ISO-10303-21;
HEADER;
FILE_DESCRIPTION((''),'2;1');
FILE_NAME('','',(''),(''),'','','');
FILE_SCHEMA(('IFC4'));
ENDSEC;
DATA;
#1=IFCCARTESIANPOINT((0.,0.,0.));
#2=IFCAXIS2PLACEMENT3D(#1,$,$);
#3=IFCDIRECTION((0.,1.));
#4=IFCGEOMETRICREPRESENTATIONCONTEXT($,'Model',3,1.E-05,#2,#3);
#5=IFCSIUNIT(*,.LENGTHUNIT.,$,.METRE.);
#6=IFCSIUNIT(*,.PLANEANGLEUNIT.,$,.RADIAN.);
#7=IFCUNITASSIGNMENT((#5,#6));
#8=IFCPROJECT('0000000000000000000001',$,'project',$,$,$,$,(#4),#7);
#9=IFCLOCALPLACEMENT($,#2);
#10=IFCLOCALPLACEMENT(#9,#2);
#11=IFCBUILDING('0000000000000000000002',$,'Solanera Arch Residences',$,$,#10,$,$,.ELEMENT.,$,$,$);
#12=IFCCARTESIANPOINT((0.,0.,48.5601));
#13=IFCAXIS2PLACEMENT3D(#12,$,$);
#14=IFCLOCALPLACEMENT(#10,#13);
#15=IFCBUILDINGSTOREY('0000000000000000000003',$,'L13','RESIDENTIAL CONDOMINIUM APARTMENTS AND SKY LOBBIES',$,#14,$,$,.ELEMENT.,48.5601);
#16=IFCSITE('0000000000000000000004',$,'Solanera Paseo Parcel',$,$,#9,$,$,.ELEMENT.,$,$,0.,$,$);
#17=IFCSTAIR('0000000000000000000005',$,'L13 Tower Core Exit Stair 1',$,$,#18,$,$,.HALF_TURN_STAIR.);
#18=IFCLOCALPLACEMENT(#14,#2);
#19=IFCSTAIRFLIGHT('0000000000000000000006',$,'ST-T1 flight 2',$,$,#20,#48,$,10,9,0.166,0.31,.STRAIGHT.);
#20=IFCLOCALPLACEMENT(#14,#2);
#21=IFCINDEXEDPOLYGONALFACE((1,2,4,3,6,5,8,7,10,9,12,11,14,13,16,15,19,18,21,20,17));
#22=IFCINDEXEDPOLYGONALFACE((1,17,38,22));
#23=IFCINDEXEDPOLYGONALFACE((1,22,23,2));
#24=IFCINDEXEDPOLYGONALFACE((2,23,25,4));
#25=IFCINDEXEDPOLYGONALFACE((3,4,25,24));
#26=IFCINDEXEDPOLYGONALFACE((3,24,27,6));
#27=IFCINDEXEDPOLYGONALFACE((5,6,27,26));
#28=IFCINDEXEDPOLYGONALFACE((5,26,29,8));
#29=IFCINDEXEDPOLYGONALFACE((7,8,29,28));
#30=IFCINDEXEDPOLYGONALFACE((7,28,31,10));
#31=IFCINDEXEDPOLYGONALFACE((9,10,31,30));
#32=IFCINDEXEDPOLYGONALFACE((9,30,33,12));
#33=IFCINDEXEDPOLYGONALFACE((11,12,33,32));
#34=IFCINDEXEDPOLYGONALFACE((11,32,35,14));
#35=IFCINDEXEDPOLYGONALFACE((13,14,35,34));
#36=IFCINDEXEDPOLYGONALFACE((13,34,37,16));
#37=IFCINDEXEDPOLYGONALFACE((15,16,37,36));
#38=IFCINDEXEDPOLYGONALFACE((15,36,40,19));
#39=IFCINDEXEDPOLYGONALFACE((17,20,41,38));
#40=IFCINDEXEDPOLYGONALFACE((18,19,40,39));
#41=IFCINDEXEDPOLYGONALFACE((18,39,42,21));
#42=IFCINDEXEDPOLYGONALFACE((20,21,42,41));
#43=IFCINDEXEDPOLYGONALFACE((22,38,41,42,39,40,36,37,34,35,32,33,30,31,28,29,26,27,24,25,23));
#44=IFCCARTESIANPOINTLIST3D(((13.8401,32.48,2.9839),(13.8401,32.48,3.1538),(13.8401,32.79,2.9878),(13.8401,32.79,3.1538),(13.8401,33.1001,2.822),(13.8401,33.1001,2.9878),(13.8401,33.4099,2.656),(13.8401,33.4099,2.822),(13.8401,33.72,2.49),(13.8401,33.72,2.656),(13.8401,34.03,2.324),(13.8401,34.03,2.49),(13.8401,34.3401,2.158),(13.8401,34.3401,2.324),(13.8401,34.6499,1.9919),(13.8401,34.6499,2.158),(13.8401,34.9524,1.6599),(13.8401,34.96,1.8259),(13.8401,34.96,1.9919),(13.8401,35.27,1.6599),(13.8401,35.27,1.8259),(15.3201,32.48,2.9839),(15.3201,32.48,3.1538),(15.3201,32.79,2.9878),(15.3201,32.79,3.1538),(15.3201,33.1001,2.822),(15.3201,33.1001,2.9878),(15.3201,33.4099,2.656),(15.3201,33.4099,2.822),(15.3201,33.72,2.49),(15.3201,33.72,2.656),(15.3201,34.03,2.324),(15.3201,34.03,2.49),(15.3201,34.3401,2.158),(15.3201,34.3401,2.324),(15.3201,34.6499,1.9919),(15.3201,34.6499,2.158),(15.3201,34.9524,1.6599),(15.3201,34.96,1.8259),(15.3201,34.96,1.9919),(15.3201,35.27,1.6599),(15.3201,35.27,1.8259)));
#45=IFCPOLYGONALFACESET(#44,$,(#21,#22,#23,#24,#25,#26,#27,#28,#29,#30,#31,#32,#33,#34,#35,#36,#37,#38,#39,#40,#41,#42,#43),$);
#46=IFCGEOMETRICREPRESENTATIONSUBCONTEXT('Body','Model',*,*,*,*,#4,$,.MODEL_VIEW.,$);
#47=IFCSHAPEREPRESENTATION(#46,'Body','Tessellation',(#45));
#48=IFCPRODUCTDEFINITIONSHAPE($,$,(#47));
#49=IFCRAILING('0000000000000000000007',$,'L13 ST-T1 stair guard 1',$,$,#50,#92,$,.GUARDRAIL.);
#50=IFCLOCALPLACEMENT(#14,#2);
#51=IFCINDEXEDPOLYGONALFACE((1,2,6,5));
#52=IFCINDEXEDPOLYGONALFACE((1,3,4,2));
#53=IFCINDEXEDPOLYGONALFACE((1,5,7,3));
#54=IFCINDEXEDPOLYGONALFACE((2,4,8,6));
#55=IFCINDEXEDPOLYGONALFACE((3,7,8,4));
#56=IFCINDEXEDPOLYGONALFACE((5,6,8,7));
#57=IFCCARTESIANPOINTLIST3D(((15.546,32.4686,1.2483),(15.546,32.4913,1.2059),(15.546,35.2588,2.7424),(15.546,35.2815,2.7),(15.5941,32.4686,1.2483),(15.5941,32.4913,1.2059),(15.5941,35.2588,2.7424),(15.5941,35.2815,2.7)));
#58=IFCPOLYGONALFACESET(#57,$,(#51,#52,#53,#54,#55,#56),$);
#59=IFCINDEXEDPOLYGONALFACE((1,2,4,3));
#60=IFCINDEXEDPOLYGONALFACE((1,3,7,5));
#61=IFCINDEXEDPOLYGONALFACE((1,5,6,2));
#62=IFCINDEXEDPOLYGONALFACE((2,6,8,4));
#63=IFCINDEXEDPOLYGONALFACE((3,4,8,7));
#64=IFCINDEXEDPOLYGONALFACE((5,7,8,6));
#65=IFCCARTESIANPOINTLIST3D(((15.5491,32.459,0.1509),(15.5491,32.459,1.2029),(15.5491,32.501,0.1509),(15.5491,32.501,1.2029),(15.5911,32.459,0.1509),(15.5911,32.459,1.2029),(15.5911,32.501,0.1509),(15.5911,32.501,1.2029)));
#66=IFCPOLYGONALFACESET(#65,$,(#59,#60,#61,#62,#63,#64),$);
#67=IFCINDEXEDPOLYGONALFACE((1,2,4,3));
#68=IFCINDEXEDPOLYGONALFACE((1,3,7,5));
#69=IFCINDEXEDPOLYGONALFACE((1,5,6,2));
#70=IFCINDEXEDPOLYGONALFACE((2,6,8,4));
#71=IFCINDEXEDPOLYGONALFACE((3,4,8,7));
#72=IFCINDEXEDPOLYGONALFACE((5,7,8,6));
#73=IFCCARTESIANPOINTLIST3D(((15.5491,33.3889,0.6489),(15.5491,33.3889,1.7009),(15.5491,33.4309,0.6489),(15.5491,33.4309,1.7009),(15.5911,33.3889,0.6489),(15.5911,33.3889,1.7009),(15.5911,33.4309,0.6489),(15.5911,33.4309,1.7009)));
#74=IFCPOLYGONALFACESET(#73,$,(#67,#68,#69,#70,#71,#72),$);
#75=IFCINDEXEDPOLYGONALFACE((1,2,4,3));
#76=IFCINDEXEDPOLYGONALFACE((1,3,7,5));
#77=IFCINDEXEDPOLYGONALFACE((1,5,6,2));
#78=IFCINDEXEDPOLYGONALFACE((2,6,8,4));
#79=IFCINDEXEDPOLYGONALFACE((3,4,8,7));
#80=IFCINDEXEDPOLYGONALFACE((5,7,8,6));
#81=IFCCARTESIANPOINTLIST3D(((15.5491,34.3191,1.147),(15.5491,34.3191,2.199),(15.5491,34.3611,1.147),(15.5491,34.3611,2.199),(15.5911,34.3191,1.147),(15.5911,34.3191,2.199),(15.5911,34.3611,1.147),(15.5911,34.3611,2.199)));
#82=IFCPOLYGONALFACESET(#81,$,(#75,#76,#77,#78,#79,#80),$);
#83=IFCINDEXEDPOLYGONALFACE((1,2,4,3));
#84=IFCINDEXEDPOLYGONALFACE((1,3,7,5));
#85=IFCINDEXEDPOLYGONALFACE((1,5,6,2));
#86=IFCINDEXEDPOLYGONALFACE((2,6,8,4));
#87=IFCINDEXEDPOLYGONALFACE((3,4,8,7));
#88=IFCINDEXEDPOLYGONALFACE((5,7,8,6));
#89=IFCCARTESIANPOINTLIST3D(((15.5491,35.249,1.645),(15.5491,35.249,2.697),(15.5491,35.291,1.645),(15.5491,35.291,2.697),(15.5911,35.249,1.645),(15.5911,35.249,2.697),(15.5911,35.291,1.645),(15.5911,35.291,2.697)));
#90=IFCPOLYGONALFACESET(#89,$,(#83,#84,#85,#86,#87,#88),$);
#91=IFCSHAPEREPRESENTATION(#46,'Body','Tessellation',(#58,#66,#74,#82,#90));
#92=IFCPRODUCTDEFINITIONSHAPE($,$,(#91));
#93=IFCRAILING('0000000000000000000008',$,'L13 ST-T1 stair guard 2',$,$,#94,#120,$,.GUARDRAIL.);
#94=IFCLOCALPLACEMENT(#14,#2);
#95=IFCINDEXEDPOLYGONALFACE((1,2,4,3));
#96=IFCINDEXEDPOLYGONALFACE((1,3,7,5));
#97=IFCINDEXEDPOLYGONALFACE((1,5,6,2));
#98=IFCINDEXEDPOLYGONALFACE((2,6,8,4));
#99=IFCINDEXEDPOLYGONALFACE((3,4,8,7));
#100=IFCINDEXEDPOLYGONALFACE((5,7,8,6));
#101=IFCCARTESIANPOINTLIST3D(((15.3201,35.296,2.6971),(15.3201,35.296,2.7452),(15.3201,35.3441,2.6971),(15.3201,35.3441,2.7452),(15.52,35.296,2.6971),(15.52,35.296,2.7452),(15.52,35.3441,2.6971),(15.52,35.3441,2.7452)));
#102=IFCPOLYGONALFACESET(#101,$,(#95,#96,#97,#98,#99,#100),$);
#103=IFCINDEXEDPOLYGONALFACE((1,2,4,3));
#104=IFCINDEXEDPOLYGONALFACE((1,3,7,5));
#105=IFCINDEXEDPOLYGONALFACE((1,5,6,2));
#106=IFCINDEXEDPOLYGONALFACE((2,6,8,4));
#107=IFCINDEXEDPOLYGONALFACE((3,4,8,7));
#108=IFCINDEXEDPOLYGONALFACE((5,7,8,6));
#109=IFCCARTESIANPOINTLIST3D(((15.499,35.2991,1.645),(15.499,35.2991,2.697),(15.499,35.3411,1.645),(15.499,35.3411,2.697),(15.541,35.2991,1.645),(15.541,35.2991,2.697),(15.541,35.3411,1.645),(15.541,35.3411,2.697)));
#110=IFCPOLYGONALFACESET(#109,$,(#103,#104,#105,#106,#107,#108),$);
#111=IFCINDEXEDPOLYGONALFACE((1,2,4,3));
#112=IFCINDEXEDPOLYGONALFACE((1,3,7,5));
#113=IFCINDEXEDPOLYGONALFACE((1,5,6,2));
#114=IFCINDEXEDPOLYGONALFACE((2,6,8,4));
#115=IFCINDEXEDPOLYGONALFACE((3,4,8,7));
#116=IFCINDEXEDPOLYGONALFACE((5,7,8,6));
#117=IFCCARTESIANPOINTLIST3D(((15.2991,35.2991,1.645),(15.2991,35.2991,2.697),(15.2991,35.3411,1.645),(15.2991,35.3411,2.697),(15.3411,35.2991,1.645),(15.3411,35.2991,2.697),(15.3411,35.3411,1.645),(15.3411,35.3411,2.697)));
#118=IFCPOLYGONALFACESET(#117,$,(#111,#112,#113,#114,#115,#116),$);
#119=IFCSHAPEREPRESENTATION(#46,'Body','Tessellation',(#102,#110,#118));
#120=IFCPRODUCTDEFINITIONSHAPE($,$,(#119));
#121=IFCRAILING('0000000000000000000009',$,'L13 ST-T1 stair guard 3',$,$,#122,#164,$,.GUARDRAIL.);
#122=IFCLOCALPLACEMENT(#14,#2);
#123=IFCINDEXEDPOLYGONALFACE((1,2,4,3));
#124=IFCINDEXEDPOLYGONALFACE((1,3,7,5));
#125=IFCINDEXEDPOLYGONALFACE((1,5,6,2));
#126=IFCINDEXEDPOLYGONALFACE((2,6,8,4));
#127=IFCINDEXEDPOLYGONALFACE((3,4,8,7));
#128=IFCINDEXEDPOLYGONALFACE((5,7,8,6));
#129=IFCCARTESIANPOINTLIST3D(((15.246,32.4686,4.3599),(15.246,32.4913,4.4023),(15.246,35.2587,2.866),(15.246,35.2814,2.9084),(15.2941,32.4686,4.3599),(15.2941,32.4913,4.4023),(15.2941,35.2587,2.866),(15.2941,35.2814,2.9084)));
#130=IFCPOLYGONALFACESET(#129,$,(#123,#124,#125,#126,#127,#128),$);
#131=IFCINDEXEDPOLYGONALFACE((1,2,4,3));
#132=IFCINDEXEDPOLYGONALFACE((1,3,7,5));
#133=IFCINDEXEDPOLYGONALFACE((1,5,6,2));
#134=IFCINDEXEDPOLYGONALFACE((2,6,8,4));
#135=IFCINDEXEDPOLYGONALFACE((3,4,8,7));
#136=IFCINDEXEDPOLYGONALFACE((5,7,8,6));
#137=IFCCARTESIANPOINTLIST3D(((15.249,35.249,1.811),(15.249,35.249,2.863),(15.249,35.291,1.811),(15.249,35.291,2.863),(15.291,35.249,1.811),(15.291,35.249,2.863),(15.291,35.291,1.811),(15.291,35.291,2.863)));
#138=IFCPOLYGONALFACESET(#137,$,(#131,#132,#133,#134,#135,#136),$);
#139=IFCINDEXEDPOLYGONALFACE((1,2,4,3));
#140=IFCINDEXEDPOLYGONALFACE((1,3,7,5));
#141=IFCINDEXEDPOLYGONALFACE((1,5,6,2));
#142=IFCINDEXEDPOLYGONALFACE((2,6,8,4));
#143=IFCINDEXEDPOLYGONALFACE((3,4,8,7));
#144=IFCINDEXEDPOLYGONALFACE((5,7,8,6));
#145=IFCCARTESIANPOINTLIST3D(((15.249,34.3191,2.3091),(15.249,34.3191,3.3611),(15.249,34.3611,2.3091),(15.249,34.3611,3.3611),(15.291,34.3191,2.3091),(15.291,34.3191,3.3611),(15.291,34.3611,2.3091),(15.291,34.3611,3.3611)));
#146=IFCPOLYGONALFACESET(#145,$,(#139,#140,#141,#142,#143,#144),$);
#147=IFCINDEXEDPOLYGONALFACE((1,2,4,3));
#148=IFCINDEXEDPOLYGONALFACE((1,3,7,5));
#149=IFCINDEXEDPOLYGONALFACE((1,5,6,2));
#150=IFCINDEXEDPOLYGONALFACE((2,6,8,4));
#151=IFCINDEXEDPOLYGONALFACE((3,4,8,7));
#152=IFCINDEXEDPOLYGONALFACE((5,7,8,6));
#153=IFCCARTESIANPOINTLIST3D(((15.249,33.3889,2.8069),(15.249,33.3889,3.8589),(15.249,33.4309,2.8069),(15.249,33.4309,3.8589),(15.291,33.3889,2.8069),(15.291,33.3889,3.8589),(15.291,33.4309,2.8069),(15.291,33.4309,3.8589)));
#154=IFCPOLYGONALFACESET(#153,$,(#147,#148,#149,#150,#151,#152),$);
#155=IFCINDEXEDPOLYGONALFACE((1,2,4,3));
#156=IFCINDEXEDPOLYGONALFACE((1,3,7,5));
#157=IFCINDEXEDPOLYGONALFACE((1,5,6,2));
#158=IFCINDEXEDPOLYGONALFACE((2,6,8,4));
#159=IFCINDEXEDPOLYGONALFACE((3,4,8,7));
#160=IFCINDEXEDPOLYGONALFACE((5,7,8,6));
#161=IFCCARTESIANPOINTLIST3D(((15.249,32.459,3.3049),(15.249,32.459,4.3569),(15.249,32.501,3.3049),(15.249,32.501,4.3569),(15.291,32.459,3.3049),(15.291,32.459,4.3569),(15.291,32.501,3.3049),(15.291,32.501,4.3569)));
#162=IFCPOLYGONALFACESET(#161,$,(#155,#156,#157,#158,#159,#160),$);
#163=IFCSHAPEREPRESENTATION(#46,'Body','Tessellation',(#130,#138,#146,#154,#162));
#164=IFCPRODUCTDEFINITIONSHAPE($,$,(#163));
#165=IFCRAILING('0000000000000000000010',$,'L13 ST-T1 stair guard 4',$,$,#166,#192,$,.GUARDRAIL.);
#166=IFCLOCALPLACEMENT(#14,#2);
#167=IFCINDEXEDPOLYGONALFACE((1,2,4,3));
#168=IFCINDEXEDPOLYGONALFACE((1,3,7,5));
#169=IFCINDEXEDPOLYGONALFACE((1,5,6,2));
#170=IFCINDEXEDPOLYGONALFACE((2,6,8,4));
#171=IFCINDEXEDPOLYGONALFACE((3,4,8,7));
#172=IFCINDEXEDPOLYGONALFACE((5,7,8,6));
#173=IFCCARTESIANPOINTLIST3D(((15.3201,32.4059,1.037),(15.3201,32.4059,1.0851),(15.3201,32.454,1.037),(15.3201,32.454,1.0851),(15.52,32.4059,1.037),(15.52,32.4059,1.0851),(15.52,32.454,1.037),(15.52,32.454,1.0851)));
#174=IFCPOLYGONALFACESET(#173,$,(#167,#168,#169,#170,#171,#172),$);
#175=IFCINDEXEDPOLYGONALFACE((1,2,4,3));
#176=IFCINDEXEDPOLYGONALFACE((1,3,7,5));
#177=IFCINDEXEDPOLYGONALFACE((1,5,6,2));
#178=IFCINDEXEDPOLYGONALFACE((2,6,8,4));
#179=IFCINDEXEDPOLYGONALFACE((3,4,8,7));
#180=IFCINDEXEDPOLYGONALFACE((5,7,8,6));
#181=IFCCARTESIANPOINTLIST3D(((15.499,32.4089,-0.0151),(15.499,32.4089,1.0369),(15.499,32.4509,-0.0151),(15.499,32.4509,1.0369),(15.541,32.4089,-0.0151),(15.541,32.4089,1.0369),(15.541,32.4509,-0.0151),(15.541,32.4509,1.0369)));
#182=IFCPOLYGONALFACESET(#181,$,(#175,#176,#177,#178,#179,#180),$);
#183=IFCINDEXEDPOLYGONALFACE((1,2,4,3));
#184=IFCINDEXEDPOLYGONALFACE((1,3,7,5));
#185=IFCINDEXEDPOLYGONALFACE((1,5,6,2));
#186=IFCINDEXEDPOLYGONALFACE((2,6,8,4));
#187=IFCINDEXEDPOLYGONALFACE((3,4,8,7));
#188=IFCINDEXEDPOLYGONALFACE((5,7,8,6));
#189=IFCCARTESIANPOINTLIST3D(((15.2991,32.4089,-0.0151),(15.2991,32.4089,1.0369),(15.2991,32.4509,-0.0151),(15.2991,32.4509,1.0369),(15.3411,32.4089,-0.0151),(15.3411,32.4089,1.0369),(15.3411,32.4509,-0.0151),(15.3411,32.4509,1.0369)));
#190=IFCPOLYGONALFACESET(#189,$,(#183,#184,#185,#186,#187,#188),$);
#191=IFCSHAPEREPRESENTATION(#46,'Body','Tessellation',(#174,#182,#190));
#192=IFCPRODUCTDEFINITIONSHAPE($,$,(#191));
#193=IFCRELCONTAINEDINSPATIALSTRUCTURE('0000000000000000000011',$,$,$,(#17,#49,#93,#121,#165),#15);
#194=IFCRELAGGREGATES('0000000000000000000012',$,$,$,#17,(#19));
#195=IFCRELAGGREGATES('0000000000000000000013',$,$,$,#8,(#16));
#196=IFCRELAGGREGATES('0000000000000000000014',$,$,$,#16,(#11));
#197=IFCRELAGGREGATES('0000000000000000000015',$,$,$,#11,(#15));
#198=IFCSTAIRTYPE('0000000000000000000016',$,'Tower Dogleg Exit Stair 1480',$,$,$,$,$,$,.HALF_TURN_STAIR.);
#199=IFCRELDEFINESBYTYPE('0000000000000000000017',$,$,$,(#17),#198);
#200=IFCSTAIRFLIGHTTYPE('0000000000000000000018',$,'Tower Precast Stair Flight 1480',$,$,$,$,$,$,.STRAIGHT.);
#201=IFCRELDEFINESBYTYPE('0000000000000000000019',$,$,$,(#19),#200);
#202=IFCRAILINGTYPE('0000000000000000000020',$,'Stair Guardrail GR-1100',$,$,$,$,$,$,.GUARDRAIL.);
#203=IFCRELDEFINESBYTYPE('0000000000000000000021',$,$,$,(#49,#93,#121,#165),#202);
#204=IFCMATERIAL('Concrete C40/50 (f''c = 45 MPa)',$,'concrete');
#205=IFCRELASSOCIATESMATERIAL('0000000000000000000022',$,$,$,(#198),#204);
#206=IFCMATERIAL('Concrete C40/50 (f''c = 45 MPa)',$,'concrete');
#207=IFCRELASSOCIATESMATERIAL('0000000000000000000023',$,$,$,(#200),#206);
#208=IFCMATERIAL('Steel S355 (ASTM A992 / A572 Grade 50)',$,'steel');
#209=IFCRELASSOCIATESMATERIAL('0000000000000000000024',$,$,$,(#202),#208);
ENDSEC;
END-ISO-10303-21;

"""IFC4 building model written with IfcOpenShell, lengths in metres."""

from ifc_helpers import new_model, si_unit, direction, frame, origin, origin_2d, place, context, subcontext, project, spatial, polyline, rectangle, outline, extrude, material, type_object, element, aggregate, save


model = new_model("IFC4")

# Units and contexts
model_context = context("Model", 3, precision=1e-05, world=origin(), true_north=direction((0.0, 1.0)))
body_context = subcontext(model_context, "Body", "Model", "MODEL_VIEW")
ifc_project = project(units=[si_unit("LENGTHUNIT", "METRE"), si_unit("PLANEANGLEUNIT", "RADIAN")], contexts=[model_context])

# Site, building, storey
site_placement = place(None, origin())
site = spatial("IfcSite", under=ifc_project, at=site_placement, Name="Solanera Paseo Parcel", CompositionType="ELEMENT", RefElevation=0.0)
building_placement = place(site_placement, origin())
building = spatial("IfcBuilding", under=site, at=building_placement, Name="Solanera Arch Residences", CompositionType="ELEMENT")
storey_placement = place(building_placement, frame((0.0, 0.0, 48.5601)))
storey = spatial("IfcBuildingStorey", under=building, at=storey_placement, Name="L13", Description="RESIDENTIAL CONDOMINIUM APARTMENTS AND SKY LOBBIES", CompositionType="ELEMENT", Elevation=48.5601)

# Stair, stair flight
ifc_material_1 = material(Name="Concrete C40/50 (f'c = 45 MPa)", Category="concrete")
stair_type = type_object("IfcStairType", Name="Tower Dogleg Exit Stair 1480", PredefinedType="HALF_TURN_STAIR", material=ifc_material_1)
stair_placement = place(storey_placement, origin())
stair = element("IfcStair", 1, at=stair_placement, inside=storey, type_object=stair_type, Name="L13 Tower Core Exit Stair 1", PredefinedType="HALF_TURN_STAIR")
ifc_material_2 = material(Name="Concrete C40/50 (f'c = 45 MPa)", Category="concrete")
stair_flight_type = type_object("IfcStairFlightType", Name="Tower Precast Stair Flight 1480", PredefinedType="STRAIGHT", material=ifc_material_2)
stair_flight_1_placement = place(storey_placement, frame((14.5801, 35.27, 1.6599), z_axis=(0.0, 0.0, 1.0), x_axis=(0.0, -1.0, 0.0)))
stair_flight_1 = element("IfcStairFlight", 2, at=stair_flight_1_placement, type_object=stair_flight_type, Name="ST-T1 flight 2", NumberOfRisers=10, NumberOfTreads=9, PredefinedType="STRAIGHT", RiserHeight=0.166, TreadLength=0.31, context=body_context, shape_type="SweptSolid", body=[
    extrude(outline(polyline([(0.0, 0.0), (0.0, 0.166), (0.3101, 0.166), (0.3101, 0.332), (0.6201, 0.332), (0.6201, 0.498), (0.9299, 0.498), (0.9299, 0.6641), (1.24, 0.6641), (1.24, 0.8301), (1.55, 0.8301), (1.55, 0.9961), (1.8601, 0.9961), (1.8601, 1.1621), (2.1699, 1.1621), (2.1699, 1.3279), (2.48, 1.3279), (2.48, 1.4939), (2.79, 1.4939), (2.79, 1.6599), (2.79, 1.324), (0.3176, 0.0), (0.0, 0.0)])), frame((0.0, 0.74, 0.0), z_axis=(0.0, -1.0, 0.0), x_axis=(1.0, 0.0, 0.0)), (0.0, 0.0, 1.0), 1.48),
])
aggregate(stair, [stair_flight_1])

# Railings
ifc_material_3 = material(Name="Steel S355 (ASTM A992 / A572 Grade 50)", Category="steel")
railing_type_1 = type_object("IfcRailingType", Name="Stair Guardrail GR-1100", PredefinedType="GUARDRAIL", material=ifc_material_3)
railing_1_placement = place(storey_placement, frame((15.5701, 32.48, 0.1509)))
element("IfcRailing", 3, at=railing_1_placement, inside=storey, type_object=railing_type_1, Name="L13 ST-T1 stair guard 1", PredefinedType="GUARDRAIL", context=body_context, shape_type="SweptSolid", body=[
    extrude(rectangle(XDim=0.0481, YDim=0.0481, at=origin_2d()), frame((0.0, 0.0, 1.0762), z_axis=(0.0, 0.881549, 0.472093), x_axis=(-1.0, 0.0, 0.0)), (0.0, 0.0, 1.0), 3.165),
    extrude(rectangle(XDim=0.042, YDim=0.042, at=origin_2d()), origin(), (0.0, 0.0, 1.0), 1.052),
    extrude(rectangle(XDim=0.042, YDim=0.042, at=origin_2d()), frame((0.0, 0.9299, 0.498)), (0.0, 0.0, 1.0), 1.052),
    extrude(rectangle(XDim=0.042, YDim=0.042, at=origin_2d()), frame((0.0, 1.8601, 0.9961)), (0.0, 0.0, 1.0), 1.052),
    extrude(rectangle(XDim=0.042, YDim=0.042, at=origin_2d()), frame((0.0, 2.79, 1.4941)), (0.0, 0.0, 1.0), 1.052),
])
railing_2_placement = place(storey_placement, frame((15.52, 35.3201, 1.645)))
element("IfcRailing", 4, at=railing_2_placement, inside=storey, type_object=railing_type_1, Name="L13 ST-T1 stair guard 2", PredefinedType="GUARDRAIL", context=body_context, shape_type="SweptSolid", body=[
    extrude(rectangle(XDim=0.0481, YDim=0.0481, at=origin_2d()), frame((0.0, 0.0, 1.0762), z_axis=(-1.0, 0.0, 0.0), x_axis=(0.0, -1.0, 0.0)), (0.0, 0.0, 1.0), 0.2),
    extrude(rectangle(XDim=0.042, YDim=0.042, at=origin_2d()), origin(), (0.0, 0.0, 1.0), 1.052),
    extrude(rectangle(XDim=0.042, YDim=0.042, at=origin_2d()), frame((-0.2, 0.0, 0.0)), (0.0, 0.0, 1.0), 1.052),
])
railing_3_placement = place(storey_placement, frame((15.27, 35.27, 1.811)))
element("IfcRailing", 5, at=railing_3_placement, inside=storey, type_object=railing_type_1, Name="L13 ST-T1 stair guard 3", PredefinedType="GUARDRAIL", context=body_context, shape_type="SweptSolid", body=[
    extrude(rectangle(XDim=0.0481, YDim=0.0481, at=origin_2d()), frame((0.0, 0.0, 1.0762), z_axis=(0.0, -0.881581, 0.472033), x_axis=(1.0, 0.0, 0.0)), (0.0, 0.0, 1.0), 3.1648),
    extrude(rectangle(XDim=0.042, YDim=0.042, at=origin_2d()), origin(), (0.0, 0.0, 1.0), 1.052),
    extrude(rectangle(XDim=0.042, YDim=0.042, at=origin_2d()), frame((0.0, -0.9299, 0.498)), (0.0, 0.0, 1.0), 1.052),
    extrude(rectangle(XDim=0.042, YDim=0.042, at=origin_2d()), frame((0.0, -1.8601, 0.9958)), (0.0, 0.0, 1.0), 1.052),
    extrude(rectangle(XDim=0.042, YDim=0.042, at=origin_2d()), frame((0.0, -2.79, 1.4939)), (0.0, 0.0, 1.0), 1.052),
])
railing_4_placement = place(storey_placement, frame((15.52, 32.4299, -0.0151)))
element("IfcRailing", 6, at=railing_4_placement, inside=storey, type_object=railing_type_1, Name="L13 ST-T1 stair guard 4", PredefinedType="GUARDRAIL", context=body_context, shape_type="SweptSolid", body=[
    extrude(rectangle(XDim=0.0481, YDim=0.0481, at=origin_2d()), frame((0.0, 0.0, 1.0762), z_axis=(-1.0, 0.0, 0.0), x_axis=(0.0, -1.0, 0.0)), (0.0, 0.0, 1.0), 0.2),
    extrude(rectangle(XDim=0.042, YDim=0.042, at=origin_2d()), origin(), (0.0, 0.0, 1.0), 1.052),
    extrude(rectangle(XDim=0.042, YDim=0.042, at=origin_2d()), frame((-0.2, 0.0, 0.0)), (0.0, 0.0, 1.0), 1.052),
])

save(model, "model.ifc")
